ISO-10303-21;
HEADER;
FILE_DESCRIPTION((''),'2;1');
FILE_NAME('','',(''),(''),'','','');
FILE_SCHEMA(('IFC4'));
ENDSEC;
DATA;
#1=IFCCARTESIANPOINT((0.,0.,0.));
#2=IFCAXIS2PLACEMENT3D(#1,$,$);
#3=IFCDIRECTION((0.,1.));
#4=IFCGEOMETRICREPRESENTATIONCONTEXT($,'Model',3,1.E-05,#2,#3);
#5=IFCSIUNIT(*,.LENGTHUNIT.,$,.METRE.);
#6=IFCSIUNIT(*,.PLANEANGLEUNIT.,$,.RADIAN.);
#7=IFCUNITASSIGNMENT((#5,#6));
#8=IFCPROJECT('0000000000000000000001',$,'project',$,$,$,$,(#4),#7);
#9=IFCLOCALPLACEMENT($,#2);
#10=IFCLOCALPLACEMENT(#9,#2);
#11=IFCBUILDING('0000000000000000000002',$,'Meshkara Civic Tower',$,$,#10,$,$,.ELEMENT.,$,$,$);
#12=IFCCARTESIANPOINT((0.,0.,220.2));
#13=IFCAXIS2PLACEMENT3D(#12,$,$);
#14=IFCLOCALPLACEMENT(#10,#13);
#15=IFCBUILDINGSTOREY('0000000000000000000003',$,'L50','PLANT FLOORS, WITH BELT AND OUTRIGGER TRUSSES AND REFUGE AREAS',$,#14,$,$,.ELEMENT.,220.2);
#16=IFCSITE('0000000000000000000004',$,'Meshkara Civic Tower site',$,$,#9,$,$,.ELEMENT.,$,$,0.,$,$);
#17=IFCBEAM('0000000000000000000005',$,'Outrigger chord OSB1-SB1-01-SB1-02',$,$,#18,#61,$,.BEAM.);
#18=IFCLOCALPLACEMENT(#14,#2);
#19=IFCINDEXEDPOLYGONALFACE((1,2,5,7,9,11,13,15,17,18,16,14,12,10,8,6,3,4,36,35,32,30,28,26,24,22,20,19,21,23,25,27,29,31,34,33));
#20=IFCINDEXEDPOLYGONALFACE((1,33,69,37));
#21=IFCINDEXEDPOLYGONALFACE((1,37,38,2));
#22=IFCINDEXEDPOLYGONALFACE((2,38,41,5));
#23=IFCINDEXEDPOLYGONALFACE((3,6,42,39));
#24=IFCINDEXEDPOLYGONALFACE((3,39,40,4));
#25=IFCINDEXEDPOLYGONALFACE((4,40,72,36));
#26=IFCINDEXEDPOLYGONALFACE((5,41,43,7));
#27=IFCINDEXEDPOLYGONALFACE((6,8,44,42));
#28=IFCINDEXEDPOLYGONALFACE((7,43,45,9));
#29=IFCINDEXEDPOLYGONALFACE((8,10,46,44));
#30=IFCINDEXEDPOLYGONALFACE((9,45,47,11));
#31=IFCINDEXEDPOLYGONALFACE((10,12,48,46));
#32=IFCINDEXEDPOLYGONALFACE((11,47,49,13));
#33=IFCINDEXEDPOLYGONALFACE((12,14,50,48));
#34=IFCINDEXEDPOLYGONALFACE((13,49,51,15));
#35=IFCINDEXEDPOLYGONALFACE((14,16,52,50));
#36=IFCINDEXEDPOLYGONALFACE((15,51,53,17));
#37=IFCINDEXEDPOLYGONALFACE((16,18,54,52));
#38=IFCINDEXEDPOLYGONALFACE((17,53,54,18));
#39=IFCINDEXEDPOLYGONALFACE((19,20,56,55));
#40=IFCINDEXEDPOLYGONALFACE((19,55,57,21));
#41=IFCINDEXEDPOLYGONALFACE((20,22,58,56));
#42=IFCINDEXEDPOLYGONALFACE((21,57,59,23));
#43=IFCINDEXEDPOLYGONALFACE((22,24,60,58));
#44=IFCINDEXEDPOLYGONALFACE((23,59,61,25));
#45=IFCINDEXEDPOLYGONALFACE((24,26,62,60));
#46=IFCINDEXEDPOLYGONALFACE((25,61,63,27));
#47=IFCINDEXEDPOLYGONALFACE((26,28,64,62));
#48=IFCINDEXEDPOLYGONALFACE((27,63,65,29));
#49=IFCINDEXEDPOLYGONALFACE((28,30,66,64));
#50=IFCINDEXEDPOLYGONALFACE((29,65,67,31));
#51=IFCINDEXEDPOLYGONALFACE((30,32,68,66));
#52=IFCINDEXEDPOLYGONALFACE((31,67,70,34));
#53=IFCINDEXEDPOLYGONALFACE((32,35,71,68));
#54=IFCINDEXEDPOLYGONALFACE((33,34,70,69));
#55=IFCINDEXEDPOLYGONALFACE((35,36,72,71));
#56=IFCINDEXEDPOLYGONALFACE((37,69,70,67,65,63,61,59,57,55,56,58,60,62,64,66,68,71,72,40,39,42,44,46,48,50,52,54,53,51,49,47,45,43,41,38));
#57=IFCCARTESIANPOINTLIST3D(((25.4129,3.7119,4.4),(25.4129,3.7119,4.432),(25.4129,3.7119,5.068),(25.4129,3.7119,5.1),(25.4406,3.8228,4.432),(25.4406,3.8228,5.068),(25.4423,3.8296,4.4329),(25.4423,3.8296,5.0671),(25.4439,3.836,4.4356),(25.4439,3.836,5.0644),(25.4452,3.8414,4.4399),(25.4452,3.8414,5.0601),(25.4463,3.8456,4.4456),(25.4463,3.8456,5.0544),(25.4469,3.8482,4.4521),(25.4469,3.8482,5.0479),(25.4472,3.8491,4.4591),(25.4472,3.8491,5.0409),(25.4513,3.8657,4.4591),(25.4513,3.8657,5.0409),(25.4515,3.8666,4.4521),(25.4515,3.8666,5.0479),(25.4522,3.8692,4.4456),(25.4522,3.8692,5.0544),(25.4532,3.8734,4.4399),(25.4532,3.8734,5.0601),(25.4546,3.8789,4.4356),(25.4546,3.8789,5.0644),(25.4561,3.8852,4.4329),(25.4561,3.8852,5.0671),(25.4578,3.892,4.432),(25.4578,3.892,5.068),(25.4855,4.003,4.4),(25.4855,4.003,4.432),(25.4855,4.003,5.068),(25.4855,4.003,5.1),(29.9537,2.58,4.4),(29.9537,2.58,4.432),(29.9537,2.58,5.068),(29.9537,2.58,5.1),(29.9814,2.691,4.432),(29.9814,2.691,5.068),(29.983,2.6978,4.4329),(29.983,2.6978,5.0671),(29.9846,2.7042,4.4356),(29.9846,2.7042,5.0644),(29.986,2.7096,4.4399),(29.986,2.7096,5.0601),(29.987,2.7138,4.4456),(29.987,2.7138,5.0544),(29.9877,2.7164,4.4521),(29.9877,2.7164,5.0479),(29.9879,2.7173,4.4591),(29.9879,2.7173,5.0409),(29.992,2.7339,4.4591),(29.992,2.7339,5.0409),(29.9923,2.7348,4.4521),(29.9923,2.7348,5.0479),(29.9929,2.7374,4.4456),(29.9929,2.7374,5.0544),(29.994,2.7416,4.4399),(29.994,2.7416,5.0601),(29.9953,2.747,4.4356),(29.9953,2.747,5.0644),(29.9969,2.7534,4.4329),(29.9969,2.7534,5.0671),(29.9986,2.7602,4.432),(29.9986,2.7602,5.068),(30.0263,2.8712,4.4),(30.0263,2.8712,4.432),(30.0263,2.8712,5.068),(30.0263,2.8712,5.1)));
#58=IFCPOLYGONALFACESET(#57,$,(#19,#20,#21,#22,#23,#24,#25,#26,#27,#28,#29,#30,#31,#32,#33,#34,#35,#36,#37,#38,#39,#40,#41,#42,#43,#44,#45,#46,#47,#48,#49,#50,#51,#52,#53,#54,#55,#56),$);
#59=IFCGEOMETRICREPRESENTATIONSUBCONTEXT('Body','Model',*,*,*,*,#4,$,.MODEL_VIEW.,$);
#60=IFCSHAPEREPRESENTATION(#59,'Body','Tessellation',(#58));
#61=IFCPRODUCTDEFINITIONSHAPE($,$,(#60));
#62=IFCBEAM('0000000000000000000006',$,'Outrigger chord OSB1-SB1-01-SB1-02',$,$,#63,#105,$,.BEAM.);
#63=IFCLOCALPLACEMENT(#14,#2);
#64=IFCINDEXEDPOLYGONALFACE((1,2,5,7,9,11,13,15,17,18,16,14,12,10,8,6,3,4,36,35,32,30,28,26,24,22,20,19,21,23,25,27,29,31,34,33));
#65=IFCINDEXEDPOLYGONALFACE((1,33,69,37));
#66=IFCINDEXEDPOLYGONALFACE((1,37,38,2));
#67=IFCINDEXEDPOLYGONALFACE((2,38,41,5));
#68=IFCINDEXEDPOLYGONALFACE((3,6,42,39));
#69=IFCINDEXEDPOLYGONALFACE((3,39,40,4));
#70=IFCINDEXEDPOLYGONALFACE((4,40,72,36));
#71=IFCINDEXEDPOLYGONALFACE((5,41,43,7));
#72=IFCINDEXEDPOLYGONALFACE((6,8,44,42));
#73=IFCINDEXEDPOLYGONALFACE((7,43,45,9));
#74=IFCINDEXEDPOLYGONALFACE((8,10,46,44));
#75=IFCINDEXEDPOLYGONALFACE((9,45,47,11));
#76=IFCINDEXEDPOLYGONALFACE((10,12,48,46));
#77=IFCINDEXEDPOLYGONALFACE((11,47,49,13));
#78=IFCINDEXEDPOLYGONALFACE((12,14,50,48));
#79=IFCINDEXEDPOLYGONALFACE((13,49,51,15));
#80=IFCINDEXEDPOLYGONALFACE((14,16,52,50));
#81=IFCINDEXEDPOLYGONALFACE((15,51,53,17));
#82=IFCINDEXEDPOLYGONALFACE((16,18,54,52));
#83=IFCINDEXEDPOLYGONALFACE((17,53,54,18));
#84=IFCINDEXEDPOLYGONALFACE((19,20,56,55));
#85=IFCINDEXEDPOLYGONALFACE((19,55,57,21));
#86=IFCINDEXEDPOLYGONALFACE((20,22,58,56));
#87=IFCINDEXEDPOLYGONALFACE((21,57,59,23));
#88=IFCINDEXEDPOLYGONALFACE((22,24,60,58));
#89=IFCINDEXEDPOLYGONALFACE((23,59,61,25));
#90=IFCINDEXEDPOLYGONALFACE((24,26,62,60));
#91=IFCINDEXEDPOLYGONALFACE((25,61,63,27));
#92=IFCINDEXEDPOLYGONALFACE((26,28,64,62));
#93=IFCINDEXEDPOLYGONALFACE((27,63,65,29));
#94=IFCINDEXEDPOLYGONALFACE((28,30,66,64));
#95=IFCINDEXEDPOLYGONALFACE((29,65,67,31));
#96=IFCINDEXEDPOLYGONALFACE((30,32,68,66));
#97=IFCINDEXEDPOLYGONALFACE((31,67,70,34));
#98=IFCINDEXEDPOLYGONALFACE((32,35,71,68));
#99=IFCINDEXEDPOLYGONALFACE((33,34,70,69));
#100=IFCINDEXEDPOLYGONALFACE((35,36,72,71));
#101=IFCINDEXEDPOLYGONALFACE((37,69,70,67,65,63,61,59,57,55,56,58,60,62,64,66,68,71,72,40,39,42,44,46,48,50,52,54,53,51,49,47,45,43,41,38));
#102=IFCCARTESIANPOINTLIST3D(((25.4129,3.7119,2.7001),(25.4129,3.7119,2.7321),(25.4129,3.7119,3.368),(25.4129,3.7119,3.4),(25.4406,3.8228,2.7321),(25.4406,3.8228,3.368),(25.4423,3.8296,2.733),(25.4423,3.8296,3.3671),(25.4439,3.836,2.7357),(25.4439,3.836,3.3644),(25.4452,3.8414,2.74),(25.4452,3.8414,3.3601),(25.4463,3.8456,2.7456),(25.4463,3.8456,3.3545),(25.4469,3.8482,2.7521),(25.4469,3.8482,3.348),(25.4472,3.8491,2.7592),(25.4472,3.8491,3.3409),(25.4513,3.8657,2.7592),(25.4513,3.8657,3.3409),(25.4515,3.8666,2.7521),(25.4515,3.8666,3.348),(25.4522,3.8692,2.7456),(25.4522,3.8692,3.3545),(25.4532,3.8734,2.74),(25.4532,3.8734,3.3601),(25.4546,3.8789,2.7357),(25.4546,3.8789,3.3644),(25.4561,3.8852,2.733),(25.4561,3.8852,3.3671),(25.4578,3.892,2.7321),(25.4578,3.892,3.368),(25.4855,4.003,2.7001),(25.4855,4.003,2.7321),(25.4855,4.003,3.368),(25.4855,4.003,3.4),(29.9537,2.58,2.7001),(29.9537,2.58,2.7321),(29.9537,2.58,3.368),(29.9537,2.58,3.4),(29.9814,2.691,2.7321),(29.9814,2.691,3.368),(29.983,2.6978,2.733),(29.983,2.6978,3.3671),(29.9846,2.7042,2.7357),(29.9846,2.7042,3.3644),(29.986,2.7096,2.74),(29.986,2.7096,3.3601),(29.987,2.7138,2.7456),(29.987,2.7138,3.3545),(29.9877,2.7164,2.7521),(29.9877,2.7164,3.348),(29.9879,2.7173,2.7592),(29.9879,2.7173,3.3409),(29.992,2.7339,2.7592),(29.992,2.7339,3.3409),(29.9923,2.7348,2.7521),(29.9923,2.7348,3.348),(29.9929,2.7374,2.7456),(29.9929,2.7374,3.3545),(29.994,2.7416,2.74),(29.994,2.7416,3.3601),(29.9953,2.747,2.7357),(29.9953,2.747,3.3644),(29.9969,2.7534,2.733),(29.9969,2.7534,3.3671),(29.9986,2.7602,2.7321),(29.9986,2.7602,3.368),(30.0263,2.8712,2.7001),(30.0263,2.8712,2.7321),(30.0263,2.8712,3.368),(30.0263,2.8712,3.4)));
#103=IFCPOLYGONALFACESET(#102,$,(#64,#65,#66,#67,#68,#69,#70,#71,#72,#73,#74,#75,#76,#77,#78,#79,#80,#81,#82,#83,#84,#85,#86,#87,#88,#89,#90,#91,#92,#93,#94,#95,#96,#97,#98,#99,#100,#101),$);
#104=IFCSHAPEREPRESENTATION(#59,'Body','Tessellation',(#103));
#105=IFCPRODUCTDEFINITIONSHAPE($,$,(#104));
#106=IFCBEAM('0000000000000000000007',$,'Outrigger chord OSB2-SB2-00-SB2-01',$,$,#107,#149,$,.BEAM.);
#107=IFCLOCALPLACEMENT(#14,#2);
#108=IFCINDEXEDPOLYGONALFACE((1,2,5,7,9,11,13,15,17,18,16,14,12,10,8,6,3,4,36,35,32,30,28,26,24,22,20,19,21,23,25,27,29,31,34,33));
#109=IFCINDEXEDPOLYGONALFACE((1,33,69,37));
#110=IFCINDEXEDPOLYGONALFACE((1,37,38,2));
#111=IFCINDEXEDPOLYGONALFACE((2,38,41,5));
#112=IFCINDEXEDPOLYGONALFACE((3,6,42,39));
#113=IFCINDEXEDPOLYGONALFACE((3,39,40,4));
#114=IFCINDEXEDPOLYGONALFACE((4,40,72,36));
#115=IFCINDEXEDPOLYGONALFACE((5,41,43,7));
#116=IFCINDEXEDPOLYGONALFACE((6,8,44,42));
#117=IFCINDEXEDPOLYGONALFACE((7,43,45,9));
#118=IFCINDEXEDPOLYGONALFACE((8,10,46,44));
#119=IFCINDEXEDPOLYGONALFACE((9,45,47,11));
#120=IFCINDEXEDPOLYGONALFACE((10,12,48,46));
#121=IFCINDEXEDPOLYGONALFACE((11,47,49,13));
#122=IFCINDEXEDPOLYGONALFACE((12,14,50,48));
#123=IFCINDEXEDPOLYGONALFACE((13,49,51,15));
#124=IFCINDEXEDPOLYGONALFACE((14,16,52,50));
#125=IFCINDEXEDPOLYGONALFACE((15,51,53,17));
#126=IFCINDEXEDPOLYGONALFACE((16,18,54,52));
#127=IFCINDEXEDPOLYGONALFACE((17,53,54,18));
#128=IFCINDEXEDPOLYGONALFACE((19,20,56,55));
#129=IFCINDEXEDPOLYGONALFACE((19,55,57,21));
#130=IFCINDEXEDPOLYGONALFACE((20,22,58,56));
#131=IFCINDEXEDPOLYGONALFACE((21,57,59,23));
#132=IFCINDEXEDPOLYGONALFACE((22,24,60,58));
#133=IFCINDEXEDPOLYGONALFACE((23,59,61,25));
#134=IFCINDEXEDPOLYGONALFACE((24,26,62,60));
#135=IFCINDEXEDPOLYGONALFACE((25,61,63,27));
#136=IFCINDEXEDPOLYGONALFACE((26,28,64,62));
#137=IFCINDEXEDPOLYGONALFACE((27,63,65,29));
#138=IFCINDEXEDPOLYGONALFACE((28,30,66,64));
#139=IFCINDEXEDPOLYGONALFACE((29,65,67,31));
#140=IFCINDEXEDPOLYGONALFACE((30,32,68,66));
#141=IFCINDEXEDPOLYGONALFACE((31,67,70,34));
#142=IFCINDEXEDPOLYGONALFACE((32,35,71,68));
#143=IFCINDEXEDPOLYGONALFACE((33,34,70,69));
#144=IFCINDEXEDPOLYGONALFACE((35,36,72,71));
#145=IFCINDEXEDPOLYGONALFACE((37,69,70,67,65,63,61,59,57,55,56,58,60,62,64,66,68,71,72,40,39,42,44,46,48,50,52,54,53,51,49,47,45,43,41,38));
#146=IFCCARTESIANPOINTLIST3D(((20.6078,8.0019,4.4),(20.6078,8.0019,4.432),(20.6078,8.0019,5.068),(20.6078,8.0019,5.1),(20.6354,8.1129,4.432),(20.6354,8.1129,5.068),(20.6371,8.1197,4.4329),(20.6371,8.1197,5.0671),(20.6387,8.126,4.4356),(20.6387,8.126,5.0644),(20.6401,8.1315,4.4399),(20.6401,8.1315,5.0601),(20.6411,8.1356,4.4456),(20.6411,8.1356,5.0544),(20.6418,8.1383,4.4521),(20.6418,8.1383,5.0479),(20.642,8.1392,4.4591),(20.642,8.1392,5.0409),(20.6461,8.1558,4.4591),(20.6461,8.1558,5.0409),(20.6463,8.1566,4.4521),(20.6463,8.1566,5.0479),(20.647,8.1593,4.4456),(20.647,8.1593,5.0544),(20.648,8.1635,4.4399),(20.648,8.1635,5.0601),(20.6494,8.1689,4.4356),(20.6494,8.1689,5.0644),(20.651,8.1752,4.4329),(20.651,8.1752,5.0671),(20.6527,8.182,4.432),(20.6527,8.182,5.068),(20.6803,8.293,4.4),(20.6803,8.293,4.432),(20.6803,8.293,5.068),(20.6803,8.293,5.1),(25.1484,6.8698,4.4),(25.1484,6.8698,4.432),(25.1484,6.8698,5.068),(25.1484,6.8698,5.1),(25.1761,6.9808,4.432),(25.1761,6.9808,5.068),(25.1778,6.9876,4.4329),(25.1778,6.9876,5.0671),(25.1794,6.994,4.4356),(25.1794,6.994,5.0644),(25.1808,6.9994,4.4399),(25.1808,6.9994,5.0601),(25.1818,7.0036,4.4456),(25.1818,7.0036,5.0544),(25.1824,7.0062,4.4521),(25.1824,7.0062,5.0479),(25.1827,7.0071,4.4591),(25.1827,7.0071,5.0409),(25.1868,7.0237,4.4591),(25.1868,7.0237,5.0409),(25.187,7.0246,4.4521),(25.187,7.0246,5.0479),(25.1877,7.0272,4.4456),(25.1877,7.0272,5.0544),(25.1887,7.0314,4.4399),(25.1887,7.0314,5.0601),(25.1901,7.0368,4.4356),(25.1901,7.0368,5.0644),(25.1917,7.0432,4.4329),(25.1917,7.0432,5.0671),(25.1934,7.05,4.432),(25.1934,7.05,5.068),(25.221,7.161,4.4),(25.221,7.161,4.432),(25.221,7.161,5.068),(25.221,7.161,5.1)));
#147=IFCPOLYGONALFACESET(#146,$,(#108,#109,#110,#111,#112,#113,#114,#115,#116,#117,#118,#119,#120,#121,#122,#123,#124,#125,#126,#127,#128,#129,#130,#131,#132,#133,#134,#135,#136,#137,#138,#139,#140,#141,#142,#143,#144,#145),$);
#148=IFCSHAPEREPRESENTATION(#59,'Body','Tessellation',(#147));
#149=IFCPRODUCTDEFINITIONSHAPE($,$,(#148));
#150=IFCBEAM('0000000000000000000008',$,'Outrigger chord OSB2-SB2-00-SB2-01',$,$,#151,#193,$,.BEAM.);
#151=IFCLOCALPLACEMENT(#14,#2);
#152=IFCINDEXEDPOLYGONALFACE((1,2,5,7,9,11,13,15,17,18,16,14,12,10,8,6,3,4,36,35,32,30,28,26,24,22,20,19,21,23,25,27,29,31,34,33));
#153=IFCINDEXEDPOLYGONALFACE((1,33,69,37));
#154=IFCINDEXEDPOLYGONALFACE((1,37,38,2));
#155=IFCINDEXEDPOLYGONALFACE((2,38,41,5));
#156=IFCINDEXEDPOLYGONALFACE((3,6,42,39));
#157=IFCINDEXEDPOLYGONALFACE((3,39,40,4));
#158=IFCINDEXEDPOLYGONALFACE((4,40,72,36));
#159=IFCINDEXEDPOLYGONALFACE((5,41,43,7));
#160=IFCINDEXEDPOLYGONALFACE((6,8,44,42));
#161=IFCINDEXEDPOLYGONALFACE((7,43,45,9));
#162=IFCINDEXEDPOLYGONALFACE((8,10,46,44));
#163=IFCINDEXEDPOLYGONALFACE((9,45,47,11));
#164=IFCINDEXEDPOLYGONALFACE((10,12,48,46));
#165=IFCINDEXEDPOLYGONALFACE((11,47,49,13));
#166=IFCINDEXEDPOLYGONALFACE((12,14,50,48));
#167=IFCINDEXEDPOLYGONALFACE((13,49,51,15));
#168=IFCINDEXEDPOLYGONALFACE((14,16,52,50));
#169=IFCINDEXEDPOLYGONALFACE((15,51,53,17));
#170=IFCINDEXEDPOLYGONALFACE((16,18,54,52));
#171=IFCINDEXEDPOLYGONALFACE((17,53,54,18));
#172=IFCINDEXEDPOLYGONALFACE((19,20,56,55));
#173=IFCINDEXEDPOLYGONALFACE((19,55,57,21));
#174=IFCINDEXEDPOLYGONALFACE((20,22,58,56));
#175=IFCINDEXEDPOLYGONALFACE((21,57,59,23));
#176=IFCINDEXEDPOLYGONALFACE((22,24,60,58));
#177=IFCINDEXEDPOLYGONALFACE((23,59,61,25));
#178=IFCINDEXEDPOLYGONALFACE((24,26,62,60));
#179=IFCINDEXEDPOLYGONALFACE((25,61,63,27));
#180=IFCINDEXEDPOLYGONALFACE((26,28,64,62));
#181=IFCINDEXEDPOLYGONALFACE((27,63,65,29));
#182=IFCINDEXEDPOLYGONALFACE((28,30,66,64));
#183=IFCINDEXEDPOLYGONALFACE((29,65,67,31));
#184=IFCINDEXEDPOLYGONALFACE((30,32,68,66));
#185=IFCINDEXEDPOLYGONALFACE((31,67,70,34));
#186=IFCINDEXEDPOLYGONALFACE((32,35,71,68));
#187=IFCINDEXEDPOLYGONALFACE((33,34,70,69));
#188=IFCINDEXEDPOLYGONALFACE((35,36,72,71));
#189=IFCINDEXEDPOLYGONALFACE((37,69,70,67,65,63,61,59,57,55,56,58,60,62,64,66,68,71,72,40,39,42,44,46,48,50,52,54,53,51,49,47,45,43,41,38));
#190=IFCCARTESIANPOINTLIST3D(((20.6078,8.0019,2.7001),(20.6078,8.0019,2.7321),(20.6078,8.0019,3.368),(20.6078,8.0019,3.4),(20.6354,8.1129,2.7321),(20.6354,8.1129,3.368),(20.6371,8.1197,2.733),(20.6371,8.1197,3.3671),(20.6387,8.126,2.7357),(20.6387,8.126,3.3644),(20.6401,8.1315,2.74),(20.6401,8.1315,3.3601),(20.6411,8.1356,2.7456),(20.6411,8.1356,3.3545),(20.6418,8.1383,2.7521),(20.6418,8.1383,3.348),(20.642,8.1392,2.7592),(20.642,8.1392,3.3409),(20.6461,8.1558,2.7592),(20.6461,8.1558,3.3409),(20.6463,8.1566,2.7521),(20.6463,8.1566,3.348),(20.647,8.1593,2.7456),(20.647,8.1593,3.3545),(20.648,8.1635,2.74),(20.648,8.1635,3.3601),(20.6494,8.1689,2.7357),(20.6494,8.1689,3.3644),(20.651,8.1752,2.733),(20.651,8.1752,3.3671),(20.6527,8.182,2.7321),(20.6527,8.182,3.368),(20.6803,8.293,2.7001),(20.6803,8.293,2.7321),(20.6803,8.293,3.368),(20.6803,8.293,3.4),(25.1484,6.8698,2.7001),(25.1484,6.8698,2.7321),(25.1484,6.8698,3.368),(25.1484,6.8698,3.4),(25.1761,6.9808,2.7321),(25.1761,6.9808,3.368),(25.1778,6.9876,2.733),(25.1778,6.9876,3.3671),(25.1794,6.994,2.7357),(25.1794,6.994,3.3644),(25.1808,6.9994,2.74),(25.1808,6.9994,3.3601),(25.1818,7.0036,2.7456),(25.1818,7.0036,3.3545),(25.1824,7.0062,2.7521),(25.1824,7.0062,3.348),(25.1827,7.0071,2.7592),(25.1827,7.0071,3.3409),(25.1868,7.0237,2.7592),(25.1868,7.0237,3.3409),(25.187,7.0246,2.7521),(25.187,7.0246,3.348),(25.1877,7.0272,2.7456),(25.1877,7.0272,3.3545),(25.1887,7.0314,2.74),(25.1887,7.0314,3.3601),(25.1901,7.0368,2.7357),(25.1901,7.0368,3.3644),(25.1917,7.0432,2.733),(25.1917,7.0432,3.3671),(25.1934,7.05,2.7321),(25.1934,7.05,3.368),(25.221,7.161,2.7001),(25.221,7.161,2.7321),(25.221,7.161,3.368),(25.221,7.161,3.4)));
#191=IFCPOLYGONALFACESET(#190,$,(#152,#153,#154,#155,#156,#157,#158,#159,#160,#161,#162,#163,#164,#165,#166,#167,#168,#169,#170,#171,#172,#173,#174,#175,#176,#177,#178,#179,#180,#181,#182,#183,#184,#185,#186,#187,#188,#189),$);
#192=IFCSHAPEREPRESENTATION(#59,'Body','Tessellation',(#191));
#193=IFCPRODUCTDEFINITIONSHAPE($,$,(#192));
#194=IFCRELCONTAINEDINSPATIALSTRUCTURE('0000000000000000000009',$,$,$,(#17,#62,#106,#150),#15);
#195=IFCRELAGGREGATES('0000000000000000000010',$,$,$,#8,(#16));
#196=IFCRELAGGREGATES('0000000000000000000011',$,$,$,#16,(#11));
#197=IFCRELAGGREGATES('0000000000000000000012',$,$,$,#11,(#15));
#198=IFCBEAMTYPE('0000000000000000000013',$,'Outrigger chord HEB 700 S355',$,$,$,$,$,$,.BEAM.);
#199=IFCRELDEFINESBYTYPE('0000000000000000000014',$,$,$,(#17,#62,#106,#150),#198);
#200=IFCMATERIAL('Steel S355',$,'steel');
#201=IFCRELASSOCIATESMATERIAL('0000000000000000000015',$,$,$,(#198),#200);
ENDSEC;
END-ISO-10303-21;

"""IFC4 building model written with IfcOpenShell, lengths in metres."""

from ifc_helpers import new_model, si_unit, direction, frame, origin, origin_2d, place, context, subcontext, project, spatial, i_section, extrude, material, material_profile, profile_set, type_object, element, save


model = new_model("IFC4")

# Units and contexts
model_context = context("Model", 3, precision=1e-05, world=origin(), true_north=direction((0.0, 1.0)))
body_context = subcontext(model_context, "Body", "Model", "MODEL_VIEW")
ifc_project = project(units=[si_unit("LENGTHUNIT", "METRE"), si_unit("PLANEANGLEUNIT", "RADIAN")], contexts=[model_context])

# Site, building, storey
site_placement = place(None, origin())
site = spatial("IfcSite", under=ifc_project, at=site_placement, Name="Meshkara Civic Tower site", CompositionType="ELEMENT", RefElevation=0.0)
building_placement = place(site_placement, origin())
building = spatial("IfcBuilding", under=site, at=building_placement, Name="Meshkara Civic Tower", CompositionType="ELEMENT")
storey_placement = place(building_placement, frame((0.0, 0.0, 220.2)))
storey = spatial("IfcBuildingStorey", under=building, at=storey_placement, Name="L50", Description="PLANT FLOORS, WITH BELT AND OUTRIGGER TRUSSES AND REFUGE AREAS", CompositionType="ELEMENT", Elevation=220.2)

# Beams
ifc_material_1 = material(Name="Steel S355", Category="steel")
ifc_material_profile_1 = material_profile(ifc_material_1, i_section(OverallWidth=0.3, OverallDepth=0.7, WebThickness=0.0171, FlangeThickness=0.032, FilletRadius=0.0271, at=origin_2d()))
ifc_profile_set_1 = profile_set([ifc_material_profile_1], Name="Steel S355")
beam_type_1 = type_object("IfcBeamType", Name="Outrigger chord HEB 700 S355", PredefinedType="BEAM", material=ifc_profile_set_1)
for number, where, z_axis, x_axis, name in (
    (1, (25.4492, 3.8574, 4.75), (0.970311, -0.24186, 0.0), (0.24186, 0.970311, 0.0), "Outrigger chord OSB1-SB1-01-SB1-02"),
    (2, (25.4492, 3.8574, 3.05), (0.970311, -0.24186, 0.0), (0.24186, 0.970311, 0.0), "Outrigger chord OSB1-SB1-01-SB1-02"),
    (3, (20.644, 8.1475, 4.75), (0.970299, -0.24191, 0.0), (0.24191, 0.970299, 0.0), "Outrigger chord OSB2-SB2-00-SB2-01"),
    (4, (20.644, 8.1475, 3.05), (0.970299, -0.24191, 0.0), (0.24191, 0.970299, 0.0), "Outrigger chord OSB2-SB2-00-SB2-01"),
):
    element("IfcBeam", number, at=place(storey_placement, frame(where, z_axis=z_axis, x_axis=x_axis)), inside=storey, type_object=beam_type_1, Name=name, PredefinedType="BEAM", context=body_context, shape_type="SweptSolid", body=[
        extrude(i_section(OverallWidth=0.3, OverallDepth=0.7, WebThickness=0.0171, FlangeThickness=0.032, FilletRadius=0.0271, at=origin_2d()), origin(), (0.0, 0.0, 1.0), 4.6797),
    ])

save(model, "model.ifc")
